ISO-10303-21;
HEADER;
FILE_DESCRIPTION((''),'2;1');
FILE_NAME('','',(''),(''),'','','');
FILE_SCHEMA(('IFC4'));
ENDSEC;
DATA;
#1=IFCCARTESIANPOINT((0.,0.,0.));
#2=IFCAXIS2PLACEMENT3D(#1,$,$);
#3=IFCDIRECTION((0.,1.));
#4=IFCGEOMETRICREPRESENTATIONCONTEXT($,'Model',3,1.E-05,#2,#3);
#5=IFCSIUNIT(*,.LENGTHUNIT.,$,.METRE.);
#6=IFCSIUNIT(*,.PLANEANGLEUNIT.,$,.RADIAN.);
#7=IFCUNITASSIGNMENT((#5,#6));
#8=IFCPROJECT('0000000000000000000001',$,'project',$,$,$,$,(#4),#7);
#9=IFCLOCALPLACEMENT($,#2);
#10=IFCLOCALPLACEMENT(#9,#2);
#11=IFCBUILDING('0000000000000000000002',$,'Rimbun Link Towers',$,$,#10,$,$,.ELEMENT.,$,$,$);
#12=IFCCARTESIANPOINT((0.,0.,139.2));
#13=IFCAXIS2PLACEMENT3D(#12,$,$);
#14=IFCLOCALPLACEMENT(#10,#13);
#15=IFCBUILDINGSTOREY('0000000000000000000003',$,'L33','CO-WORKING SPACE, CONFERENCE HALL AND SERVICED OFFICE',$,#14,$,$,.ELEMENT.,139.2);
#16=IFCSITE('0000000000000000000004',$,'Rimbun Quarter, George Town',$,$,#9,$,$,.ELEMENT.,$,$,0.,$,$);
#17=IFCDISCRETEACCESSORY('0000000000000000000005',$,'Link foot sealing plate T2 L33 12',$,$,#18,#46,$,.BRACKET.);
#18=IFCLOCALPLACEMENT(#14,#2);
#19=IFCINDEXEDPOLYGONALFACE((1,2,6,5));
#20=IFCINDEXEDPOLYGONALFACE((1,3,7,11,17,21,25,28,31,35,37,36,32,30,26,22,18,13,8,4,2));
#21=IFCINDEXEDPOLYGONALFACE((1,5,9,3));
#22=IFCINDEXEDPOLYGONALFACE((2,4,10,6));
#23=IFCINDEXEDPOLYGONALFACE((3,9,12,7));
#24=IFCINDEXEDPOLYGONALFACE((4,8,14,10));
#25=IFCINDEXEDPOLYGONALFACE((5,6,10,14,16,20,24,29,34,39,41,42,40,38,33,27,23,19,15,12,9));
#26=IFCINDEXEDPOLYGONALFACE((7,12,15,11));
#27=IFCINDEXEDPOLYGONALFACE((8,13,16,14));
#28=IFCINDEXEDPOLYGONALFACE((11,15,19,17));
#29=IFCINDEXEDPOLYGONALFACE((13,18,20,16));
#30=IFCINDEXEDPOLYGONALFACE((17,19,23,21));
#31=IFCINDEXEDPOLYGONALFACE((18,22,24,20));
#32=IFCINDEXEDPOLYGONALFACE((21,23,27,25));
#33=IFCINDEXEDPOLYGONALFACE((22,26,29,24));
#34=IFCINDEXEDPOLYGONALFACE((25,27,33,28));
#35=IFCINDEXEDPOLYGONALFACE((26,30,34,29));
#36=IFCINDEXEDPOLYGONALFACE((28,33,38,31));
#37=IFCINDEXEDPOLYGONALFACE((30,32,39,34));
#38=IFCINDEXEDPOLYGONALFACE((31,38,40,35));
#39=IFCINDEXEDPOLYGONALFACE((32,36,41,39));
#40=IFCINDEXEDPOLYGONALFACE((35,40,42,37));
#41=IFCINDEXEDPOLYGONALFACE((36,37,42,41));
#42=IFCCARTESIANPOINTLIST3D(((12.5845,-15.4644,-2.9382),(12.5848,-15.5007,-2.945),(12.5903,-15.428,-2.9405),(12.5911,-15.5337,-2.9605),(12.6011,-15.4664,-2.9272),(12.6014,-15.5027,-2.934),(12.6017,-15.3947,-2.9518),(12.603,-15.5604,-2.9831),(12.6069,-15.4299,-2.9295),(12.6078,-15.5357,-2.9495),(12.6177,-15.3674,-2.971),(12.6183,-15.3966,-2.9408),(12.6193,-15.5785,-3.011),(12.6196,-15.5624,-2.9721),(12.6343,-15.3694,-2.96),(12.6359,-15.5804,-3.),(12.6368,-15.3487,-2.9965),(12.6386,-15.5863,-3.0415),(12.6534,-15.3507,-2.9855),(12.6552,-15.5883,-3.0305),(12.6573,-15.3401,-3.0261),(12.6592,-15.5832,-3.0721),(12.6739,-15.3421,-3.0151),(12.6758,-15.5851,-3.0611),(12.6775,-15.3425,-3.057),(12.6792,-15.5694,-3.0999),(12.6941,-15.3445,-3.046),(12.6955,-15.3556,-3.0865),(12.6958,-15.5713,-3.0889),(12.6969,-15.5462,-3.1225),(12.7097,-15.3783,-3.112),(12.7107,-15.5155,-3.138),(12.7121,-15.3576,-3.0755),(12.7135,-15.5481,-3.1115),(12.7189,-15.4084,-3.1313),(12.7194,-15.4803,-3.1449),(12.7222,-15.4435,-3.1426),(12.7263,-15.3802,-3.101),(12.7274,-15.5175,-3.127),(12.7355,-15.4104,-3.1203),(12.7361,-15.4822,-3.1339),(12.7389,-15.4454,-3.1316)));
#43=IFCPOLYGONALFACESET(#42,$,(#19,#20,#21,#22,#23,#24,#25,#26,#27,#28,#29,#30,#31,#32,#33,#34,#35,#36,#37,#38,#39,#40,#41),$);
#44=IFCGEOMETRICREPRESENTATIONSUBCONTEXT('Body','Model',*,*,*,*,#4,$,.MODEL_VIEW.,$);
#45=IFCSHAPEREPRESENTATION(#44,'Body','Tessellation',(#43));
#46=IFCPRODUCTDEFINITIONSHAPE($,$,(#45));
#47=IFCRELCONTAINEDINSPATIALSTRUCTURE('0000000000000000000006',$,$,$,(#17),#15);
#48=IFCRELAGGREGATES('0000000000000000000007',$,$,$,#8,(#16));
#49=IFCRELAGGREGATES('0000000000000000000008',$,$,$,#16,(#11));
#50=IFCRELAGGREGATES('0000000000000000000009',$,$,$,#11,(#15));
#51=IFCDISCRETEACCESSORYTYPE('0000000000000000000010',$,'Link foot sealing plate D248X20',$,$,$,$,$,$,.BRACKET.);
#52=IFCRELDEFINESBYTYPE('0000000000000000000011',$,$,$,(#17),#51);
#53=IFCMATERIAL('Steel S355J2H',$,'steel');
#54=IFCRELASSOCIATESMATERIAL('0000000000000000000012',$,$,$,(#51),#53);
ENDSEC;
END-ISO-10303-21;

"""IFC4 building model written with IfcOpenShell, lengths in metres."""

from ifc_helpers import new_model, si_unit, direction, frame, origin, origin_2d, place, context, subcontext, project, spatial, circle, extrude, material, material_profile, profile_set, type_object, element, save


model = new_model("IFC4")

# Units and contexts
model_context = context("Model", 3, precision=1e-05, world=origin(), true_north=direction((0.0, 1.0)))
body_context = subcontext(model_context, "Body", "Model", "MODEL_VIEW")
ifc_project = project(units=[si_unit("LENGTHUNIT", "METRE"), si_unit("PLANEANGLEUNIT", "RADIAN")], contexts=[model_context])

# Site, building, storey
site_placement = place(None, origin())
site = spatial("IfcSite", under=ifc_project, at=site_placement, Name="Rimbun Quarter, George Town", CompositionType="ELEMENT", RefElevation=0.0)
building_placement = place(site_placement, origin())
building = spatial("IfcBuilding", under=site, at=building_placement, Name="Rimbun Link Towers", CompositionType="ELEMENT")
storey_placement = place(building_placement, frame((0.0, 0.0, 139.2)))
storey = spatial("IfcBuildingStorey", under=building, at=storey_placement, Name="L33", Description="CO-WORKING SPACE, CONFERENCE HALL AND SERVICED OFFICE", CompositionType="ELEMENT", Elevation=139.2)

# Discrete accessory
ifc_material_1 = material(Name="Steel S355J2H", Category="steel")
ifc_material_profile_1 = material_profile(ifc_material_1, circle(Radius=0.124, at=origin_2d()), Name="PL D248")
ifc_profile_set_1 = profile_set([ifc_material_profile_1], Name="Steel S355J2H")
discrete_accessory_type = type_object("IfcDiscreteAccessoryType", Name="Link foot sealing plate D248X20", PredefinedType="BRACKET", material=ifc_profile_set_1)
discrete_accessory_placement = place(storey_placement, frame((12.6697, -15.4651, -3.0305), z_axis=(-0.829947, 0.097641, -0.54923), x_axis=(-0.116841, -0.993151, 0.0)))
element("IfcDiscreteAccessory", 1, at=discrete_accessory_placement, inside=storey, type_object=discrete_accessory_type, Name="Link foot sealing plate T2 L33 12", PredefinedType="BRACKET", context=body_context, shape_type="SweptSolid", body=[
    extrude(circle(Radius=0.124, at=origin_2d()), origin(), (0.0, 0.0, 1.0), 0.02),
])

save(model, "model.ifc")
